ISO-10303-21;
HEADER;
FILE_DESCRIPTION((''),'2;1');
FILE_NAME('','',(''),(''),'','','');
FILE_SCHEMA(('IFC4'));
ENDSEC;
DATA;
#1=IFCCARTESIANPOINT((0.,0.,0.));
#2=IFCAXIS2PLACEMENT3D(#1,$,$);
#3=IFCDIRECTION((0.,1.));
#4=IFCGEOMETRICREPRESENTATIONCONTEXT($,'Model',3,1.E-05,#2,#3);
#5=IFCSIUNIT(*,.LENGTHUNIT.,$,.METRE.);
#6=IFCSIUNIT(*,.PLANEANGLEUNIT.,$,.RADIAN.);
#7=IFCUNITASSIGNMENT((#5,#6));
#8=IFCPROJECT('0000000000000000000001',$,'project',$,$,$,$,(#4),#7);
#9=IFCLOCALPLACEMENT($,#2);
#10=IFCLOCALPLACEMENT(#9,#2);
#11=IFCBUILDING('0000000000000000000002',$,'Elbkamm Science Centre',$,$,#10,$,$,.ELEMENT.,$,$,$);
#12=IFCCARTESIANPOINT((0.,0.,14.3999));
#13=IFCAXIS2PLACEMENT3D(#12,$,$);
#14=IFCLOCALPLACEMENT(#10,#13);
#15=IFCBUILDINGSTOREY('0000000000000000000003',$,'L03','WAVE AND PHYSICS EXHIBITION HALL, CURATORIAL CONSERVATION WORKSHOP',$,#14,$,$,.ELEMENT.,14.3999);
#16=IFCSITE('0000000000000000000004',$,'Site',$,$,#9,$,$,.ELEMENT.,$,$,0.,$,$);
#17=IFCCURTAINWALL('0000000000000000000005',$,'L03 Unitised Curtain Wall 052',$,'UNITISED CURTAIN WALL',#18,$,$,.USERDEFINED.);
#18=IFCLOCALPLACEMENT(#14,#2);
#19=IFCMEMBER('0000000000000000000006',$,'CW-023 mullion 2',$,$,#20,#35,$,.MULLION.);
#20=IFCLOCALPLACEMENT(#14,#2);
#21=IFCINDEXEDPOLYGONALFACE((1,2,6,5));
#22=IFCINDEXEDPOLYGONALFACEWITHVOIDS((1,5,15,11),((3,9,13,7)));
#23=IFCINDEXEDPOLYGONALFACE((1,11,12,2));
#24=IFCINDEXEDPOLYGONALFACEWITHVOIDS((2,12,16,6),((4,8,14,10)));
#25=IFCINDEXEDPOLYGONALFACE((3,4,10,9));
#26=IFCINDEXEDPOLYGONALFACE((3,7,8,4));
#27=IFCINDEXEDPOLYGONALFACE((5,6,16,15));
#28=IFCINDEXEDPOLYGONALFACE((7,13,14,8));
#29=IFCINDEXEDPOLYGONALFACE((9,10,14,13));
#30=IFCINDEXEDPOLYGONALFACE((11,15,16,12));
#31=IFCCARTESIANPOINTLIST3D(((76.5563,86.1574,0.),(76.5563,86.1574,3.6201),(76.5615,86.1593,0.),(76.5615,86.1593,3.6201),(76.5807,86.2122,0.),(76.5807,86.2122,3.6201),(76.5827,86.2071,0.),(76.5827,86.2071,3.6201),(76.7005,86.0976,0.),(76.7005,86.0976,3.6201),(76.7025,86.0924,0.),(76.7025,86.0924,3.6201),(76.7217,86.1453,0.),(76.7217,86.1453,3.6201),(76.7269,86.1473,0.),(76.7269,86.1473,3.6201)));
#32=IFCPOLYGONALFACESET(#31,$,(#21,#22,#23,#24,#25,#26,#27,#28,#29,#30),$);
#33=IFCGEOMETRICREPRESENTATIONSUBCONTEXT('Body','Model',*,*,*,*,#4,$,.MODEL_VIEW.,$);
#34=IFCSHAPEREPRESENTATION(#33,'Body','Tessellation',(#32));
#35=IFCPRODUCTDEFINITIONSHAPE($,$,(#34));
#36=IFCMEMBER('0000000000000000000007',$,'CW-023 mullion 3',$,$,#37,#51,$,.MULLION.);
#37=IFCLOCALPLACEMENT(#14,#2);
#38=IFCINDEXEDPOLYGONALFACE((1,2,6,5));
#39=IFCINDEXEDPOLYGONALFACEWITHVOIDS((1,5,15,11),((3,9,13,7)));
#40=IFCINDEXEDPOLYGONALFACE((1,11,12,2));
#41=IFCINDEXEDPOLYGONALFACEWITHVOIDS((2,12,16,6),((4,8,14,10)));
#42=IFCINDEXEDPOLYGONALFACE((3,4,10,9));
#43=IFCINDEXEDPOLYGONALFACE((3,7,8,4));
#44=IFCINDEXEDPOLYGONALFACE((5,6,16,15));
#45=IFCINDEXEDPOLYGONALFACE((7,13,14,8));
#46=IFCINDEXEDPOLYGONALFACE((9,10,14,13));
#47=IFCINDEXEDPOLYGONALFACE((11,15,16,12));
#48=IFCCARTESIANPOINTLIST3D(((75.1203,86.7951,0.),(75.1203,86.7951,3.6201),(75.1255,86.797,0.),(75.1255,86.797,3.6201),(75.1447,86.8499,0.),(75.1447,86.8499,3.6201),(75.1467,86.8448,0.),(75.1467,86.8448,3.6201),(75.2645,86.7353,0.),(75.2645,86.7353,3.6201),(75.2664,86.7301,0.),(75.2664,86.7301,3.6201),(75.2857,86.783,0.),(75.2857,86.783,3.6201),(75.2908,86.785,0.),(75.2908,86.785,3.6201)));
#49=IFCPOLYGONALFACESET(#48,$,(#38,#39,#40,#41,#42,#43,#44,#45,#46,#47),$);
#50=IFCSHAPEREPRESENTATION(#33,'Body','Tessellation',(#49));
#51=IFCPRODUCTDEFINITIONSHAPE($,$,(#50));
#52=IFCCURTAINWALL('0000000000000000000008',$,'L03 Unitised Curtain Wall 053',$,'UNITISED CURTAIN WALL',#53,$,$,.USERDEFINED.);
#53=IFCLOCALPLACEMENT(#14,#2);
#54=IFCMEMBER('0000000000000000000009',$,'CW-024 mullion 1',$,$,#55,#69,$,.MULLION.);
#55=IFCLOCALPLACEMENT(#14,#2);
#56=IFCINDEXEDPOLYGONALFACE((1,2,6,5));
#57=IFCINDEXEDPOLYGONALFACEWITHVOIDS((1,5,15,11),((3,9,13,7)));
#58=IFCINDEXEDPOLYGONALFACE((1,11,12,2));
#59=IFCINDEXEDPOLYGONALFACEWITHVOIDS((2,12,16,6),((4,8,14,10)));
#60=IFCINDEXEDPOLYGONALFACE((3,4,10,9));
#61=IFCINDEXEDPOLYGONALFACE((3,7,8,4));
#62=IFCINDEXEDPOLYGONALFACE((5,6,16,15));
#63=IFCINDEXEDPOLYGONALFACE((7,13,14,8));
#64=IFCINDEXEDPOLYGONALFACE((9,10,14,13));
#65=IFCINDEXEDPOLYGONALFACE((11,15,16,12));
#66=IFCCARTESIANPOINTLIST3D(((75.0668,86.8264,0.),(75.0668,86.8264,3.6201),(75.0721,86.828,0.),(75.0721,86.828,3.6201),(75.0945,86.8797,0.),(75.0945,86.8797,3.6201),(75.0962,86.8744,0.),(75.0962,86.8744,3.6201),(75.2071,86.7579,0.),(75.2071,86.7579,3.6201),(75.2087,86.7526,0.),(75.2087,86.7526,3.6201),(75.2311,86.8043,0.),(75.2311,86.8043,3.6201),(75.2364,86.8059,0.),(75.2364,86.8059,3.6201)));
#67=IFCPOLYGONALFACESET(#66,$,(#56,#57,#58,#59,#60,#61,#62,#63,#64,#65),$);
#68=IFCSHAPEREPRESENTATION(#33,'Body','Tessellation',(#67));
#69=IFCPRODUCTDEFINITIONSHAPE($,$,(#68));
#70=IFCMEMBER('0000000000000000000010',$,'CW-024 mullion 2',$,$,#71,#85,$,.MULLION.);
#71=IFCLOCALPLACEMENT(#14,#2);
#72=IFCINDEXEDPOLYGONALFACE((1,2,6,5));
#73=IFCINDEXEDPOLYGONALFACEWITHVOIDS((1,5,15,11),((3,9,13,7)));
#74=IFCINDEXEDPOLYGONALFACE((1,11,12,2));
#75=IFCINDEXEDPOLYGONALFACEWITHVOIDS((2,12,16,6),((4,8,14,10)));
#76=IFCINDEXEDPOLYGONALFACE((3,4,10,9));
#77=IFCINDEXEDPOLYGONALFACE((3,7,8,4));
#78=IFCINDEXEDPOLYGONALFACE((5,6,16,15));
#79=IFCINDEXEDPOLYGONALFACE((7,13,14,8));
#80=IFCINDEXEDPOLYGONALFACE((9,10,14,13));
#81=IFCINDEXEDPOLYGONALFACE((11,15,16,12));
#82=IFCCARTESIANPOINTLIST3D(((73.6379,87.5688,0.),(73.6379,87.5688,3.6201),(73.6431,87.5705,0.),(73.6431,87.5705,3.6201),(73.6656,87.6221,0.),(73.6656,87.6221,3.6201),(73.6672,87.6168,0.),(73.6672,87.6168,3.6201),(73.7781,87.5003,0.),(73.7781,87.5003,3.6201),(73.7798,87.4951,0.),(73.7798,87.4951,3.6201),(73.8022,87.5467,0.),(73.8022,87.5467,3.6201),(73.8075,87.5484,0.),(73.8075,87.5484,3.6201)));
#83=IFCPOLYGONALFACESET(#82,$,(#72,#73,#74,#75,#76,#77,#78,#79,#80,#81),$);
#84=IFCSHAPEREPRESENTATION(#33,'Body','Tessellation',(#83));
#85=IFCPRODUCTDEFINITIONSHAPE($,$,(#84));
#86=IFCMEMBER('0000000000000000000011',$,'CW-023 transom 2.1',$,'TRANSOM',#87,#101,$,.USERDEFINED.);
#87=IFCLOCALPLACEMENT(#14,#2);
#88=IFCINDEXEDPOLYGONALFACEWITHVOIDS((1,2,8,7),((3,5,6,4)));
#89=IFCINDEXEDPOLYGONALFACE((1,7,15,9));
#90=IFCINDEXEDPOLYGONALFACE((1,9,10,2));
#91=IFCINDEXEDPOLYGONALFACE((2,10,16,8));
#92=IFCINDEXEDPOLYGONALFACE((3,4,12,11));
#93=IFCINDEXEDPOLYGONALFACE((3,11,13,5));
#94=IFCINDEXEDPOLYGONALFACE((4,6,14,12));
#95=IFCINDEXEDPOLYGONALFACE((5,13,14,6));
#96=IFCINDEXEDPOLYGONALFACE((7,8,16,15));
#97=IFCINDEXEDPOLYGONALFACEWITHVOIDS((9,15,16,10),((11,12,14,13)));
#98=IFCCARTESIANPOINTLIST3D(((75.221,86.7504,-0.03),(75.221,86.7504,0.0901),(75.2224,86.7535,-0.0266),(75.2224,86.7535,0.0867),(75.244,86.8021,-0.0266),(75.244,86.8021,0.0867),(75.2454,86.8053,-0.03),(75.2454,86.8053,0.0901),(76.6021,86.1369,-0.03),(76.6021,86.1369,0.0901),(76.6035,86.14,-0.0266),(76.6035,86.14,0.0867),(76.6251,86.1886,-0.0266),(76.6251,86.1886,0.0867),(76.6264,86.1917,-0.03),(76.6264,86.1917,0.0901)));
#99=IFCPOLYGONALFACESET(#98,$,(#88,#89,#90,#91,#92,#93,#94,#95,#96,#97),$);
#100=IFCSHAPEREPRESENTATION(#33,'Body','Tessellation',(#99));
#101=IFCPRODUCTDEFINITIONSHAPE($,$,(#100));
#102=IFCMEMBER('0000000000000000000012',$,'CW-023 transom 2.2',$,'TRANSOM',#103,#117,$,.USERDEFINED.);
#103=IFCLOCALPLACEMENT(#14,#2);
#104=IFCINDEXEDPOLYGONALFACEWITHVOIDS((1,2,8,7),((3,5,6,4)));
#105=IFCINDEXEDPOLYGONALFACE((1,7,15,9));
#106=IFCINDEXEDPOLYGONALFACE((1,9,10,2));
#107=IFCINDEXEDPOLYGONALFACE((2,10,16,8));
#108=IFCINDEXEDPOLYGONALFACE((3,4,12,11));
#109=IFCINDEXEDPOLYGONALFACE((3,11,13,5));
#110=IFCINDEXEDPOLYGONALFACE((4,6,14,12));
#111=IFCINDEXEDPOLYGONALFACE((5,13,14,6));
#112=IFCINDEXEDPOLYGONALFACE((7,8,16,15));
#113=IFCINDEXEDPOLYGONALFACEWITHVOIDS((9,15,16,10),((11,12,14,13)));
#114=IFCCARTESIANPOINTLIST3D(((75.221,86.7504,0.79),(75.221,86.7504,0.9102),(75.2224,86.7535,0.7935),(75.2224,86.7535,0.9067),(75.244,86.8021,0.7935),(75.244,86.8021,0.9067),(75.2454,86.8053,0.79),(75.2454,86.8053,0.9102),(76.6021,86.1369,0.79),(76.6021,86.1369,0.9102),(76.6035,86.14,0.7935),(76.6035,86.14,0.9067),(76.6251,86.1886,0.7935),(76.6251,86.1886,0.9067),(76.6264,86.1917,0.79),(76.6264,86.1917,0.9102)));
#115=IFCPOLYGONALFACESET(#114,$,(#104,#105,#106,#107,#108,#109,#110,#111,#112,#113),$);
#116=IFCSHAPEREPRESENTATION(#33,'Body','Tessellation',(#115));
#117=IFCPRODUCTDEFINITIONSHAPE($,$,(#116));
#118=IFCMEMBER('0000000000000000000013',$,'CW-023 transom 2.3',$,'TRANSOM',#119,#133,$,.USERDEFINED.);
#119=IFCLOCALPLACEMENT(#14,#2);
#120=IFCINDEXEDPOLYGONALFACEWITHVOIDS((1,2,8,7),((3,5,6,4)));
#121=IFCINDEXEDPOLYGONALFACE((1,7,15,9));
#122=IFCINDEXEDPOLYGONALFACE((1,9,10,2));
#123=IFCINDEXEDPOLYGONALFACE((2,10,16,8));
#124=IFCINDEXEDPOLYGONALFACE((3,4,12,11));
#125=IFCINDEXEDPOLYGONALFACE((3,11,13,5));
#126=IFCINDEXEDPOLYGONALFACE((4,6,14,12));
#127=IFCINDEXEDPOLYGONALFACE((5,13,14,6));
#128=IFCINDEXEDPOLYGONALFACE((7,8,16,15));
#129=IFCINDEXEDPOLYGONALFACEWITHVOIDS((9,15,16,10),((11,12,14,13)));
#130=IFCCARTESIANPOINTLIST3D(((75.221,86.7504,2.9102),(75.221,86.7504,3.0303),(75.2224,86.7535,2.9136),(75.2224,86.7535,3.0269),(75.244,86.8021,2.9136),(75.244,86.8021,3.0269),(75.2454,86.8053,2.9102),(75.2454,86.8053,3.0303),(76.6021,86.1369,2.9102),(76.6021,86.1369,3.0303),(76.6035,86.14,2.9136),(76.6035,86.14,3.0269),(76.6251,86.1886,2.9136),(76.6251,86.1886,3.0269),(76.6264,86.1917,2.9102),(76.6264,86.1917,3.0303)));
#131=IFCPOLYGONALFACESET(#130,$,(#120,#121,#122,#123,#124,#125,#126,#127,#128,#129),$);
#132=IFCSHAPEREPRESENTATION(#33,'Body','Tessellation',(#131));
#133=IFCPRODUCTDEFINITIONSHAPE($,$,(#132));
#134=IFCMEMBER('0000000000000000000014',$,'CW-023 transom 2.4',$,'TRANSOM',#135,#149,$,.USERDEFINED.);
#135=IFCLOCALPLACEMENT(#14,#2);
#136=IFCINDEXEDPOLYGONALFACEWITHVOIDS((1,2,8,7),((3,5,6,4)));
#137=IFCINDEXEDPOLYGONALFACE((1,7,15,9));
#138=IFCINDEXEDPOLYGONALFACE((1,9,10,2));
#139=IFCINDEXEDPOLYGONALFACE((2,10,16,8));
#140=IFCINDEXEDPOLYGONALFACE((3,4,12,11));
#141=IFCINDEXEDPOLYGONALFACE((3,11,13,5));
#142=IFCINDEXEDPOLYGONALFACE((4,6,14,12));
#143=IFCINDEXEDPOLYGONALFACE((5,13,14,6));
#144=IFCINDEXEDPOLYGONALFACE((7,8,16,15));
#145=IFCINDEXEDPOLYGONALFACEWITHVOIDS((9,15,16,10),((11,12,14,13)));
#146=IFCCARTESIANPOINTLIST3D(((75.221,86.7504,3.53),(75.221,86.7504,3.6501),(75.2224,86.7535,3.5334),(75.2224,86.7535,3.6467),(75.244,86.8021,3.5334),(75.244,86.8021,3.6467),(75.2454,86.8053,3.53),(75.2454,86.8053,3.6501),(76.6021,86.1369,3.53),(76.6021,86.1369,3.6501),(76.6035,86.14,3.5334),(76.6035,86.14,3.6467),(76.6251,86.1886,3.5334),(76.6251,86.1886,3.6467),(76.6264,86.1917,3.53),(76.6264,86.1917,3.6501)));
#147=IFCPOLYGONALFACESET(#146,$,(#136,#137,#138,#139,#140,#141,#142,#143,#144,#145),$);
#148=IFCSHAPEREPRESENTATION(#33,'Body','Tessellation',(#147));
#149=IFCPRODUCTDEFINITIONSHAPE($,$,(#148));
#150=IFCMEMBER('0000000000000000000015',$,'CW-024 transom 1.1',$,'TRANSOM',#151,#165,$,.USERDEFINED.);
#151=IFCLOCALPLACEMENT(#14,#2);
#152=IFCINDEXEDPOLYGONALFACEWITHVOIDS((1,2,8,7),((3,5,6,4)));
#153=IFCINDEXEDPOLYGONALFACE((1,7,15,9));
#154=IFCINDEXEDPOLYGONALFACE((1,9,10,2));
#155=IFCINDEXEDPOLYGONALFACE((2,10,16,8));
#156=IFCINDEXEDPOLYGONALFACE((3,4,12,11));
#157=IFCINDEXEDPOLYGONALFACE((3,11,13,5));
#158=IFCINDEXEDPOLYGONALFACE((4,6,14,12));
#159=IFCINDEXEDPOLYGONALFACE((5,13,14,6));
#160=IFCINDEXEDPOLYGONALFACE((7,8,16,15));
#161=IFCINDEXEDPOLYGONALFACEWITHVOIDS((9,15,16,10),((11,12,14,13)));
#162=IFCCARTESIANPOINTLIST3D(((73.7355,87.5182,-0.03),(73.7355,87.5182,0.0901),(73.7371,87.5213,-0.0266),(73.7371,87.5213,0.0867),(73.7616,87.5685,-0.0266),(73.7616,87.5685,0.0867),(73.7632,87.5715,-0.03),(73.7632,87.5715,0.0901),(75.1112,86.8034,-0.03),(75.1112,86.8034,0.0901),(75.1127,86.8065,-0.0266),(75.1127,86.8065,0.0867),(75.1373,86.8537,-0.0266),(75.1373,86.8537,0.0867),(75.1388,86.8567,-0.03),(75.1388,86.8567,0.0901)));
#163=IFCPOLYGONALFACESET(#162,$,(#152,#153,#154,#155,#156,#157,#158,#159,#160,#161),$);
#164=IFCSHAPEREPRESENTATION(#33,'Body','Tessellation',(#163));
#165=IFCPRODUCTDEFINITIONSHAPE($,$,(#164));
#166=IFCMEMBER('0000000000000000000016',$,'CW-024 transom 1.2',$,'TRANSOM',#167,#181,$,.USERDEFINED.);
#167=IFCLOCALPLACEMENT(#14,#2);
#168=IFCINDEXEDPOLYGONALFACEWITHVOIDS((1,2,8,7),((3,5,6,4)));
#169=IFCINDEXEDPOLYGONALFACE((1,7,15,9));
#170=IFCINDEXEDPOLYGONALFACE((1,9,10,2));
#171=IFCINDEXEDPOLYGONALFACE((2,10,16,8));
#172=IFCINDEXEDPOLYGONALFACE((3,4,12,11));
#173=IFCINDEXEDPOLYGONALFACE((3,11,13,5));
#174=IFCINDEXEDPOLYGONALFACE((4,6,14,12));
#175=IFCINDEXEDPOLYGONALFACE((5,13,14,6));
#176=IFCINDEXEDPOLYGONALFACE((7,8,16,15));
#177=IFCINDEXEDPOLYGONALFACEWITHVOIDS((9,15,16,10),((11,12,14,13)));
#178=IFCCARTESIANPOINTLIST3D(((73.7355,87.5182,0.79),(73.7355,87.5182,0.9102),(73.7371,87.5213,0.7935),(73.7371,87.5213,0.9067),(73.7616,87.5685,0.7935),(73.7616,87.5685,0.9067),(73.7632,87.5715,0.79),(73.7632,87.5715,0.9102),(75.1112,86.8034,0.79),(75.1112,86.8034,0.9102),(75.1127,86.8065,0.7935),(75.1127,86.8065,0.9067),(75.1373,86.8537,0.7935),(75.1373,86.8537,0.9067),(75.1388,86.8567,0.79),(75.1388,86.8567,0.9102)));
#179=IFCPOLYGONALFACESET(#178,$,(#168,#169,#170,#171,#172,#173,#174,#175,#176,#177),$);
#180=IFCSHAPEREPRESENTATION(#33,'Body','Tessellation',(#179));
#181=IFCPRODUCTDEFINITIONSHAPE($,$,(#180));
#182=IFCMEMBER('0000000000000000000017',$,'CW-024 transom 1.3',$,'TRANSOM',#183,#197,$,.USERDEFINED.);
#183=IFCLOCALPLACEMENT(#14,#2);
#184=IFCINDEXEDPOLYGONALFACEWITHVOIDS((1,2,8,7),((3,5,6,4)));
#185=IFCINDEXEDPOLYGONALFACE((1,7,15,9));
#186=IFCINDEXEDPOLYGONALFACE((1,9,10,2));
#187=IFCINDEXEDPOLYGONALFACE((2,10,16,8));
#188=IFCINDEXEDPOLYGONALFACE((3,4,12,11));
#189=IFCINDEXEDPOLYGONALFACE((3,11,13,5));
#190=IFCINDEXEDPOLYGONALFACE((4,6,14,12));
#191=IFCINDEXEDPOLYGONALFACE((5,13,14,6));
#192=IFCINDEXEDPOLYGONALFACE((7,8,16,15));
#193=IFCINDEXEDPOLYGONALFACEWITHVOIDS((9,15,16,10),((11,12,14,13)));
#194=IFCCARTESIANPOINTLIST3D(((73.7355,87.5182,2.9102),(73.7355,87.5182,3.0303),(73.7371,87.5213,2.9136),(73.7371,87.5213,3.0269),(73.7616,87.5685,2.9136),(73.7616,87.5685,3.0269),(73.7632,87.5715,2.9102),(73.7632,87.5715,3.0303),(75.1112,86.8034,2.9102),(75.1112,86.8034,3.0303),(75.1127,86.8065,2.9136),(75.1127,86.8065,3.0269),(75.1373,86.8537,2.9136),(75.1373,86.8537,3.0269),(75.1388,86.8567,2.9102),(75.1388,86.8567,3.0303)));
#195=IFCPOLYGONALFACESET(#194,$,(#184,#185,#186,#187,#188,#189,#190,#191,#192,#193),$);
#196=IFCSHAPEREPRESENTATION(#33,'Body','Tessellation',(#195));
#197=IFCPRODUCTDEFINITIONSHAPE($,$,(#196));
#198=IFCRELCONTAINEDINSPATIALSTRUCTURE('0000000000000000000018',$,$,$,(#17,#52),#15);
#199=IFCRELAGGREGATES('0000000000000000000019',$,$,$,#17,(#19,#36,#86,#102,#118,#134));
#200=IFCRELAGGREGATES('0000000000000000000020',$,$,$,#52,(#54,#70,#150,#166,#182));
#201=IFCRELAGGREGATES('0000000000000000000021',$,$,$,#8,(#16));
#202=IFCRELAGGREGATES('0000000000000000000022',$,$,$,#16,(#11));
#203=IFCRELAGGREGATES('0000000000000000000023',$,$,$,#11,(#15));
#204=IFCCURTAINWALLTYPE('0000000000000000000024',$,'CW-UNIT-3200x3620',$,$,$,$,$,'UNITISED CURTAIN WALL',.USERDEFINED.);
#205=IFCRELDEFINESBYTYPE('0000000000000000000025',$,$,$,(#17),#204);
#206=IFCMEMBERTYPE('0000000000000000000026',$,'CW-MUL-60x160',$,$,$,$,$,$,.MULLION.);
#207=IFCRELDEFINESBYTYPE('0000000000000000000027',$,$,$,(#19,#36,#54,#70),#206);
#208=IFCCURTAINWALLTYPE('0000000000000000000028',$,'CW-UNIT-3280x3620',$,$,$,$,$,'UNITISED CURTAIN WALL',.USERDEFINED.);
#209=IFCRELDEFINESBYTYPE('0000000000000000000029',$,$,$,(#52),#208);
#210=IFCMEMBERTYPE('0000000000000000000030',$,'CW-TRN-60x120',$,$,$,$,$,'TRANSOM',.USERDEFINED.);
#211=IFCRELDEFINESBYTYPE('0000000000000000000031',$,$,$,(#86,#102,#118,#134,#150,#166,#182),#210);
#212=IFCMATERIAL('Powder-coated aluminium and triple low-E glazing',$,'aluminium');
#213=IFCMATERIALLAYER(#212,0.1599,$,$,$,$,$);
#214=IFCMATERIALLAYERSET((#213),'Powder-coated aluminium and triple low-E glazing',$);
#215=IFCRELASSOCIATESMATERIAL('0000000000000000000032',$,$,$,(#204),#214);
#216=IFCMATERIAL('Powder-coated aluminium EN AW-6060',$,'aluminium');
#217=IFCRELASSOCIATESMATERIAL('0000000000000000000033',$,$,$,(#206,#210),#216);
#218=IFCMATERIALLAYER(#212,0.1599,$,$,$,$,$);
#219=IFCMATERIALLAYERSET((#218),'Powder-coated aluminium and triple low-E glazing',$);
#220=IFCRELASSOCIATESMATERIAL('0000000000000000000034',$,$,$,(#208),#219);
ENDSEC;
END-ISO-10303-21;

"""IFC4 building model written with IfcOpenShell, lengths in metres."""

from ifc_helpers import new_model, si_unit, direction, frame, origin, origin_2d, place, context, subcontext, project, spatial, hollow_rectangle, extrude, material, layer, layer_set, material_profile, profile_set, type_object, element, aggregate, save


model = new_model("IFC4")

# Units and contexts
model_context = context("Model", 3, precision=1e-05, world=origin(), true_north=direction((0.0, 1.0)))
body_context = subcontext(model_context, "Body", "Model", "MODEL_VIEW")
ifc_project = project(units=[si_unit("LENGTHUNIT", "METRE"), si_unit("PLANEANGLEUNIT", "RADIAN")], contexts=[model_context])

# Site, building, storey
site_placement = place(None, origin())
site = spatial("IfcSite", under=ifc_project, at=site_placement, Name="Site", CompositionType="ELEMENT", RefElevation=0.0)
building_placement = place(site_placement, origin())
building = spatial("IfcBuilding", under=site, at=building_placement, Name="Elbkamm Science Centre", CompositionType="ELEMENT")
storey_placement = place(building_placement, frame((0.0, 0.0, 14.3999)))
storey = spatial("IfcBuildingStorey", under=building, at=storey_placement, Name="L03", Description="WAVE AND PHYSICS EXHIBITION HALL, CURATORIAL CONSERVATION WORKSHOP", CompositionType="ELEMENT", Elevation=14.3999)

# Curtain walls, members
ifc_material_1 = material(Name="Powder-coated aluminium and triple low-E glazing", Category="aluminium")
ifc_layer_1 = layer(ifc_material_1, 0.1599)
ifc_layer_set_1 = layer_set([ifc_layer_1], Name="Powder-coated aluminium and triple low-E glazing")
curtain_wall_type_1 = type_object("IfcCurtainWallType", Name="CW-UNIT-3200x3620", ElementType="UNITISED CURTAIN WALL", PredefinedType="USERDEFINED", material=ifc_layer_set_1)
curtain_wall_1_placement = place(storey_placement, origin())
curtain_wall_1 = element("IfcCurtainWall", 1, at=curtain_wall_1_placement, inside=storey, type_object=curtain_wall_type_1, Name="L03 Unitised Curtain Wall 052", ObjectType="UNITISED CURTAIN WALL", PredefinedType="USERDEFINED")
ifc_material_2 = material(Name="Powder-coated aluminium EN AW-6060", Category="aluminium")
ifc_material_profile_1 = material_profile(ifc_material_2, hollow_rectangle(XDim=0.0601, YDim=0.1599, WallThickness=0.0039, at=origin_2d()), Name="ALU M60x160")
ifc_profile_set_1 = profile_set([ifc_material_profile_1], Name="Powder-coated aluminium EN AW-6060")
member_type_1 = type_object("IfcMemberType", Name="CW-MUL-60x160", PredefinedType="MULLION", material=ifc_profile_set_1)
member_1_placement = place(storey_placement, frame((76.6416, 86.1523, 0.0), z_axis=(0.0, 0.0, 1.0), x_axis=(-0.405944, -0.913898, 0.0)))
member_1 = element("IfcMember", 2, at=member_1_placement, type_object=member_type_1, Name="CW-023 mullion 2", PredefinedType="MULLION", context=body_context, shape_type="SweptSolid", body=[
    extrude(hollow_rectangle(XDim=0.0601, YDim=0.1599, WallThickness=0.0039, at=origin_2d()), origin(), (0.0, 0.0, 1.0), 3.6201),
])
member_2_placement = place(storey_placement, frame((75.2056, 86.79, 0.0), z_axis=(0.0, 0.0, 1.0), x_axis=(-0.405944, -0.913898, 0.0)))
member_2 = element("IfcMember", 3, at=member_2_placement, type_object=member_type_1, Name="CW-023 mullion 3", PredefinedType="MULLION", context=body_context, shape_type="SweptSolid", body=[
    extrude(hollow_rectangle(XDim=0.0601, YDim=0.1599, WallThickness=0.0039, at=origin_2d()), origin(), (0.0, 0.0, 1.0), 3.6201),
])
ifc_layer_2 = layer(ifc_material_1, 0.1599)
ifc_layer_set_2 = layer_set([ifc_layer_2], Name="Powder-coated aluminium and triple low-E glazing")
curtain_wall_type_2 = type_object("IfcCurtainWallType", Name="CW-UNIT-3280x3620", ElementType="UNITISED CURTAIN WALL", PredefinedType="USERDEFINED", material=ifc_layer_set_2)
curtain_wall_2_placement = place(storey_placement, origin())
curtain_wall_2 = element("IfcCurtainWall", 4, at=curtain_wall_2_placement, inside=storey, type_object=curtain_wall_type_2, Name="L03 Unitised Curtain Wall 053", ObjectType="UNITISED CURTAIN WALL", PredefinedType="USERDEFINED")
member_3_placement = place(storey_placement, frame((75.1516, 86.8162, 0.0), z_axis=(0.0, 0.0, 1.0), x_axis=(-0.461071, -0.887363, 0.0)))
member_3 = element("IfcMember", 5, at=member_3_placement, type_object=member_type_1, Name="CW-024 mullion 1", PredefinedType="MULLION", context=body_context, shape_type="SweptSolid", body=[
    extrude(hollow_rectangle(XDim=0.0601, YDim=0.1599, WallThickness=0.0039, at=origin_2d()), origin(), (0.0, 0.0, 1.0), 3.6201),
])
member_4_placement = place(storey_placement, frame((73.7227, 87.5586, 0.0), z_axis=(0.0, 0.0, 1.0), x_axis=(-0.461071, -0.887363, 0.0)))
member_4 = element("IfcMember", 6, at=member_4_placement, type_object=member_type_1, Name="CW-024 mullion 2", PredefinedType="MULLION", context=body_context, shape_type="SweptSolid", body=[
    extrude(hollow_rectangle(XDim=0.0601, YDim=0.1599, WallThickness=0.0039, at=origin_2d()), origin(), (0.0, 0.0, 1.0), 3.6201),
])

# Members
ifc_material_profile_2 = material_profile(ifc_material_2, hollow_rectangle(XDim=0.0601, YDim=0.1201, WallThickness=0.0034, at=origin_2d()), Name="ALU T60x120")
ifc_profile_set_2 = profile_set([ifc_material_profile_2], Name="Powder-coated aluminium EN AW-6060")
member_type_2 = type_object("IfcMemberType", Name="CW-TRN-60x120", ElementType="TRANSOM", PredefinedType="USERDEFINED", material=ifc_profile_set_2)
member_5_placement = place(storey_placement, frame((76.6143, 86.1643, 0.03), z_axis=(-0.913885, 0.405974, 0.0), x_axis=(-0.405974, -0.913885, 0.0)))
member_5 = element("IfcMember", 7, at=member_5_placement, type_object=member_type_2, Name="CW-023 transom 2.1", ObjectType="TRANSOM", PredefinedType="USERDEFINED", context=body_context, shape_type="SweptSolid", body=[
    extrude(hollow_rectangle(XDim=0.0601, YDim=0.1201, WallThickness=0.0034, at=origin_2d()), origin(), (0.0, 0.0, 1.0), 1.5112),
])
member_6_placement = place(storey_placement, frame((76.6143, 86.1643, 0.8501), z_axis=(-0.913885, 0.405974, 0.0), x_axis=(-0.405974, -0.913885, 0.0)))
member_6 = element("IfcMember", 8, at=member_6_placement, type_object=member_type_2, Name="CW-023 transom 2.2", ObjectType="TRANSOM", PredefinedType="USERDEFINED", context=body_context, shape_type="SweptSolid", body=[
    extrude(hollow_rectangle(XDim=0.0601, YDim=0.1201, WallThickness=0.0034, at=origin_2d()), origin(), (0.0, 0.0, 1.0), 1.5112),
])
member_7_placement = place(storey_placement, frame((76.6143, 86.1643, 2.9702), z_axis=(-0.913885, 0.405974, 0.0), x_axis=(-0.405974, -0.913885, 0.0)))
member_7 = element("IfcMember", 9, at=member_7_placement, type_object=member_type_2, Name="CW-023 transom 2.3", ObjectType="TRANSOM", PredefinedType="USERDEFINED", context=body_context, shape_type="SweptSolid", body=[
    extrude(hollow_rectangle(XDim=0.0601, YDim=0.1201, WallThickness=0.0034, at=origin_2d()), origin(), (0.0, 0.0, 1.0), 1.5112),
])
member_8_placement = place(storey_placement, frame((76.6143, 86.1643, 3.5901), z_axis=(-0.913885, 0.405974, 0.0), x_axis=(-0.405974, -0.913885, 0.0)))
member_8 = element("IfcMember", 10, at=member_8_placement, type_object=member_type_2, Name="CW-023 transom 2.4", ObjectType="TRANSOM", PredefinedType="USERDEFINED", context=body_context, shape_type="SweptSolid", body=[
    extrude(hollow_rectangle(XDim=0.0601, YDim=0.1201, WallThickness=0.0034, at=origin_2d()), origin(), (0.0, 0.0, 1.0), 1.5112),
])
member_9_placement = place(storey_placement, frame((75.125, 86.8301, 0.03), z_axis=(-0.887359, 0.46108, 0.0), x_axis=(-0.46108, -0.887359, 0.0)))
member_9 = element("IfcMember", 11, at=member_9_placement, type_object=member_type_2, Name="CW-024 transom 1.1", ObjectType="TRANSOM", PredefinedType="USERDEFINED", context=body_context, shape_type="SweptSolid", body=[
    extrude(hollow_rectangle(XDim=0.0601, YDim=0.1201, WallThickness=0.0034, at=origin_2d()), origin(), (0.0, 0.0, 1.0), 1.5503),
])
member_10_placement = place(storey_placement, frame((75.125, 86.8301, 0.8501), z_axis=(-0.887359, 0.46108, 0.0), x_axis=(-0.46108, -0.887359, 0.0)))
member_10 = element("IfcMember", 12, at=member_10_placement, type_object=member_type_2, Name="CW-024 transom 1.2", ObjectType="TRANSOM", PredefinedType="USERDEFINED", context=body_context, shape_type="SweptSolid", body=[
    extrude(hollow_rectangle(XDim=0.0601, YDim=0.1201, WallThickness=0.0034, at=origin_2d()), origin(), (0.0, 0.0, 1.0), 1.5503),
])
member_11_placement = place(storey_placement, frame((75.125, 86.8301, 2.9702), z_axis=(-0.887359, 0.46108, 0.0), x_axis=(-0.46108, -0.887359, 0.0)))
member_11 = element("IfcMember", 13, at=member_11_placement, type_object=member_type_2, Name="CW-024 transom 1.3", ObjectType="TRANSOM", PredefinedType="USERDEFINED", context=body_context, shape_type="SweptSolid", body=[
    extrude(hollow_rectangle(XDim=0.0601, YDim=0.1201, WallThickness=0.0034, at=origin_2d()), origin(), (0.0, 0.0, 1.0), 1.5503),
])

aggregate(curtain_wall_1, [member_1, member_2, member_5, member_6, member_7, member_8])
aggregate(curtain_wall_2, [member_3, member_4, member_9, member_10, member_11])

save(model, "model.ifc")
